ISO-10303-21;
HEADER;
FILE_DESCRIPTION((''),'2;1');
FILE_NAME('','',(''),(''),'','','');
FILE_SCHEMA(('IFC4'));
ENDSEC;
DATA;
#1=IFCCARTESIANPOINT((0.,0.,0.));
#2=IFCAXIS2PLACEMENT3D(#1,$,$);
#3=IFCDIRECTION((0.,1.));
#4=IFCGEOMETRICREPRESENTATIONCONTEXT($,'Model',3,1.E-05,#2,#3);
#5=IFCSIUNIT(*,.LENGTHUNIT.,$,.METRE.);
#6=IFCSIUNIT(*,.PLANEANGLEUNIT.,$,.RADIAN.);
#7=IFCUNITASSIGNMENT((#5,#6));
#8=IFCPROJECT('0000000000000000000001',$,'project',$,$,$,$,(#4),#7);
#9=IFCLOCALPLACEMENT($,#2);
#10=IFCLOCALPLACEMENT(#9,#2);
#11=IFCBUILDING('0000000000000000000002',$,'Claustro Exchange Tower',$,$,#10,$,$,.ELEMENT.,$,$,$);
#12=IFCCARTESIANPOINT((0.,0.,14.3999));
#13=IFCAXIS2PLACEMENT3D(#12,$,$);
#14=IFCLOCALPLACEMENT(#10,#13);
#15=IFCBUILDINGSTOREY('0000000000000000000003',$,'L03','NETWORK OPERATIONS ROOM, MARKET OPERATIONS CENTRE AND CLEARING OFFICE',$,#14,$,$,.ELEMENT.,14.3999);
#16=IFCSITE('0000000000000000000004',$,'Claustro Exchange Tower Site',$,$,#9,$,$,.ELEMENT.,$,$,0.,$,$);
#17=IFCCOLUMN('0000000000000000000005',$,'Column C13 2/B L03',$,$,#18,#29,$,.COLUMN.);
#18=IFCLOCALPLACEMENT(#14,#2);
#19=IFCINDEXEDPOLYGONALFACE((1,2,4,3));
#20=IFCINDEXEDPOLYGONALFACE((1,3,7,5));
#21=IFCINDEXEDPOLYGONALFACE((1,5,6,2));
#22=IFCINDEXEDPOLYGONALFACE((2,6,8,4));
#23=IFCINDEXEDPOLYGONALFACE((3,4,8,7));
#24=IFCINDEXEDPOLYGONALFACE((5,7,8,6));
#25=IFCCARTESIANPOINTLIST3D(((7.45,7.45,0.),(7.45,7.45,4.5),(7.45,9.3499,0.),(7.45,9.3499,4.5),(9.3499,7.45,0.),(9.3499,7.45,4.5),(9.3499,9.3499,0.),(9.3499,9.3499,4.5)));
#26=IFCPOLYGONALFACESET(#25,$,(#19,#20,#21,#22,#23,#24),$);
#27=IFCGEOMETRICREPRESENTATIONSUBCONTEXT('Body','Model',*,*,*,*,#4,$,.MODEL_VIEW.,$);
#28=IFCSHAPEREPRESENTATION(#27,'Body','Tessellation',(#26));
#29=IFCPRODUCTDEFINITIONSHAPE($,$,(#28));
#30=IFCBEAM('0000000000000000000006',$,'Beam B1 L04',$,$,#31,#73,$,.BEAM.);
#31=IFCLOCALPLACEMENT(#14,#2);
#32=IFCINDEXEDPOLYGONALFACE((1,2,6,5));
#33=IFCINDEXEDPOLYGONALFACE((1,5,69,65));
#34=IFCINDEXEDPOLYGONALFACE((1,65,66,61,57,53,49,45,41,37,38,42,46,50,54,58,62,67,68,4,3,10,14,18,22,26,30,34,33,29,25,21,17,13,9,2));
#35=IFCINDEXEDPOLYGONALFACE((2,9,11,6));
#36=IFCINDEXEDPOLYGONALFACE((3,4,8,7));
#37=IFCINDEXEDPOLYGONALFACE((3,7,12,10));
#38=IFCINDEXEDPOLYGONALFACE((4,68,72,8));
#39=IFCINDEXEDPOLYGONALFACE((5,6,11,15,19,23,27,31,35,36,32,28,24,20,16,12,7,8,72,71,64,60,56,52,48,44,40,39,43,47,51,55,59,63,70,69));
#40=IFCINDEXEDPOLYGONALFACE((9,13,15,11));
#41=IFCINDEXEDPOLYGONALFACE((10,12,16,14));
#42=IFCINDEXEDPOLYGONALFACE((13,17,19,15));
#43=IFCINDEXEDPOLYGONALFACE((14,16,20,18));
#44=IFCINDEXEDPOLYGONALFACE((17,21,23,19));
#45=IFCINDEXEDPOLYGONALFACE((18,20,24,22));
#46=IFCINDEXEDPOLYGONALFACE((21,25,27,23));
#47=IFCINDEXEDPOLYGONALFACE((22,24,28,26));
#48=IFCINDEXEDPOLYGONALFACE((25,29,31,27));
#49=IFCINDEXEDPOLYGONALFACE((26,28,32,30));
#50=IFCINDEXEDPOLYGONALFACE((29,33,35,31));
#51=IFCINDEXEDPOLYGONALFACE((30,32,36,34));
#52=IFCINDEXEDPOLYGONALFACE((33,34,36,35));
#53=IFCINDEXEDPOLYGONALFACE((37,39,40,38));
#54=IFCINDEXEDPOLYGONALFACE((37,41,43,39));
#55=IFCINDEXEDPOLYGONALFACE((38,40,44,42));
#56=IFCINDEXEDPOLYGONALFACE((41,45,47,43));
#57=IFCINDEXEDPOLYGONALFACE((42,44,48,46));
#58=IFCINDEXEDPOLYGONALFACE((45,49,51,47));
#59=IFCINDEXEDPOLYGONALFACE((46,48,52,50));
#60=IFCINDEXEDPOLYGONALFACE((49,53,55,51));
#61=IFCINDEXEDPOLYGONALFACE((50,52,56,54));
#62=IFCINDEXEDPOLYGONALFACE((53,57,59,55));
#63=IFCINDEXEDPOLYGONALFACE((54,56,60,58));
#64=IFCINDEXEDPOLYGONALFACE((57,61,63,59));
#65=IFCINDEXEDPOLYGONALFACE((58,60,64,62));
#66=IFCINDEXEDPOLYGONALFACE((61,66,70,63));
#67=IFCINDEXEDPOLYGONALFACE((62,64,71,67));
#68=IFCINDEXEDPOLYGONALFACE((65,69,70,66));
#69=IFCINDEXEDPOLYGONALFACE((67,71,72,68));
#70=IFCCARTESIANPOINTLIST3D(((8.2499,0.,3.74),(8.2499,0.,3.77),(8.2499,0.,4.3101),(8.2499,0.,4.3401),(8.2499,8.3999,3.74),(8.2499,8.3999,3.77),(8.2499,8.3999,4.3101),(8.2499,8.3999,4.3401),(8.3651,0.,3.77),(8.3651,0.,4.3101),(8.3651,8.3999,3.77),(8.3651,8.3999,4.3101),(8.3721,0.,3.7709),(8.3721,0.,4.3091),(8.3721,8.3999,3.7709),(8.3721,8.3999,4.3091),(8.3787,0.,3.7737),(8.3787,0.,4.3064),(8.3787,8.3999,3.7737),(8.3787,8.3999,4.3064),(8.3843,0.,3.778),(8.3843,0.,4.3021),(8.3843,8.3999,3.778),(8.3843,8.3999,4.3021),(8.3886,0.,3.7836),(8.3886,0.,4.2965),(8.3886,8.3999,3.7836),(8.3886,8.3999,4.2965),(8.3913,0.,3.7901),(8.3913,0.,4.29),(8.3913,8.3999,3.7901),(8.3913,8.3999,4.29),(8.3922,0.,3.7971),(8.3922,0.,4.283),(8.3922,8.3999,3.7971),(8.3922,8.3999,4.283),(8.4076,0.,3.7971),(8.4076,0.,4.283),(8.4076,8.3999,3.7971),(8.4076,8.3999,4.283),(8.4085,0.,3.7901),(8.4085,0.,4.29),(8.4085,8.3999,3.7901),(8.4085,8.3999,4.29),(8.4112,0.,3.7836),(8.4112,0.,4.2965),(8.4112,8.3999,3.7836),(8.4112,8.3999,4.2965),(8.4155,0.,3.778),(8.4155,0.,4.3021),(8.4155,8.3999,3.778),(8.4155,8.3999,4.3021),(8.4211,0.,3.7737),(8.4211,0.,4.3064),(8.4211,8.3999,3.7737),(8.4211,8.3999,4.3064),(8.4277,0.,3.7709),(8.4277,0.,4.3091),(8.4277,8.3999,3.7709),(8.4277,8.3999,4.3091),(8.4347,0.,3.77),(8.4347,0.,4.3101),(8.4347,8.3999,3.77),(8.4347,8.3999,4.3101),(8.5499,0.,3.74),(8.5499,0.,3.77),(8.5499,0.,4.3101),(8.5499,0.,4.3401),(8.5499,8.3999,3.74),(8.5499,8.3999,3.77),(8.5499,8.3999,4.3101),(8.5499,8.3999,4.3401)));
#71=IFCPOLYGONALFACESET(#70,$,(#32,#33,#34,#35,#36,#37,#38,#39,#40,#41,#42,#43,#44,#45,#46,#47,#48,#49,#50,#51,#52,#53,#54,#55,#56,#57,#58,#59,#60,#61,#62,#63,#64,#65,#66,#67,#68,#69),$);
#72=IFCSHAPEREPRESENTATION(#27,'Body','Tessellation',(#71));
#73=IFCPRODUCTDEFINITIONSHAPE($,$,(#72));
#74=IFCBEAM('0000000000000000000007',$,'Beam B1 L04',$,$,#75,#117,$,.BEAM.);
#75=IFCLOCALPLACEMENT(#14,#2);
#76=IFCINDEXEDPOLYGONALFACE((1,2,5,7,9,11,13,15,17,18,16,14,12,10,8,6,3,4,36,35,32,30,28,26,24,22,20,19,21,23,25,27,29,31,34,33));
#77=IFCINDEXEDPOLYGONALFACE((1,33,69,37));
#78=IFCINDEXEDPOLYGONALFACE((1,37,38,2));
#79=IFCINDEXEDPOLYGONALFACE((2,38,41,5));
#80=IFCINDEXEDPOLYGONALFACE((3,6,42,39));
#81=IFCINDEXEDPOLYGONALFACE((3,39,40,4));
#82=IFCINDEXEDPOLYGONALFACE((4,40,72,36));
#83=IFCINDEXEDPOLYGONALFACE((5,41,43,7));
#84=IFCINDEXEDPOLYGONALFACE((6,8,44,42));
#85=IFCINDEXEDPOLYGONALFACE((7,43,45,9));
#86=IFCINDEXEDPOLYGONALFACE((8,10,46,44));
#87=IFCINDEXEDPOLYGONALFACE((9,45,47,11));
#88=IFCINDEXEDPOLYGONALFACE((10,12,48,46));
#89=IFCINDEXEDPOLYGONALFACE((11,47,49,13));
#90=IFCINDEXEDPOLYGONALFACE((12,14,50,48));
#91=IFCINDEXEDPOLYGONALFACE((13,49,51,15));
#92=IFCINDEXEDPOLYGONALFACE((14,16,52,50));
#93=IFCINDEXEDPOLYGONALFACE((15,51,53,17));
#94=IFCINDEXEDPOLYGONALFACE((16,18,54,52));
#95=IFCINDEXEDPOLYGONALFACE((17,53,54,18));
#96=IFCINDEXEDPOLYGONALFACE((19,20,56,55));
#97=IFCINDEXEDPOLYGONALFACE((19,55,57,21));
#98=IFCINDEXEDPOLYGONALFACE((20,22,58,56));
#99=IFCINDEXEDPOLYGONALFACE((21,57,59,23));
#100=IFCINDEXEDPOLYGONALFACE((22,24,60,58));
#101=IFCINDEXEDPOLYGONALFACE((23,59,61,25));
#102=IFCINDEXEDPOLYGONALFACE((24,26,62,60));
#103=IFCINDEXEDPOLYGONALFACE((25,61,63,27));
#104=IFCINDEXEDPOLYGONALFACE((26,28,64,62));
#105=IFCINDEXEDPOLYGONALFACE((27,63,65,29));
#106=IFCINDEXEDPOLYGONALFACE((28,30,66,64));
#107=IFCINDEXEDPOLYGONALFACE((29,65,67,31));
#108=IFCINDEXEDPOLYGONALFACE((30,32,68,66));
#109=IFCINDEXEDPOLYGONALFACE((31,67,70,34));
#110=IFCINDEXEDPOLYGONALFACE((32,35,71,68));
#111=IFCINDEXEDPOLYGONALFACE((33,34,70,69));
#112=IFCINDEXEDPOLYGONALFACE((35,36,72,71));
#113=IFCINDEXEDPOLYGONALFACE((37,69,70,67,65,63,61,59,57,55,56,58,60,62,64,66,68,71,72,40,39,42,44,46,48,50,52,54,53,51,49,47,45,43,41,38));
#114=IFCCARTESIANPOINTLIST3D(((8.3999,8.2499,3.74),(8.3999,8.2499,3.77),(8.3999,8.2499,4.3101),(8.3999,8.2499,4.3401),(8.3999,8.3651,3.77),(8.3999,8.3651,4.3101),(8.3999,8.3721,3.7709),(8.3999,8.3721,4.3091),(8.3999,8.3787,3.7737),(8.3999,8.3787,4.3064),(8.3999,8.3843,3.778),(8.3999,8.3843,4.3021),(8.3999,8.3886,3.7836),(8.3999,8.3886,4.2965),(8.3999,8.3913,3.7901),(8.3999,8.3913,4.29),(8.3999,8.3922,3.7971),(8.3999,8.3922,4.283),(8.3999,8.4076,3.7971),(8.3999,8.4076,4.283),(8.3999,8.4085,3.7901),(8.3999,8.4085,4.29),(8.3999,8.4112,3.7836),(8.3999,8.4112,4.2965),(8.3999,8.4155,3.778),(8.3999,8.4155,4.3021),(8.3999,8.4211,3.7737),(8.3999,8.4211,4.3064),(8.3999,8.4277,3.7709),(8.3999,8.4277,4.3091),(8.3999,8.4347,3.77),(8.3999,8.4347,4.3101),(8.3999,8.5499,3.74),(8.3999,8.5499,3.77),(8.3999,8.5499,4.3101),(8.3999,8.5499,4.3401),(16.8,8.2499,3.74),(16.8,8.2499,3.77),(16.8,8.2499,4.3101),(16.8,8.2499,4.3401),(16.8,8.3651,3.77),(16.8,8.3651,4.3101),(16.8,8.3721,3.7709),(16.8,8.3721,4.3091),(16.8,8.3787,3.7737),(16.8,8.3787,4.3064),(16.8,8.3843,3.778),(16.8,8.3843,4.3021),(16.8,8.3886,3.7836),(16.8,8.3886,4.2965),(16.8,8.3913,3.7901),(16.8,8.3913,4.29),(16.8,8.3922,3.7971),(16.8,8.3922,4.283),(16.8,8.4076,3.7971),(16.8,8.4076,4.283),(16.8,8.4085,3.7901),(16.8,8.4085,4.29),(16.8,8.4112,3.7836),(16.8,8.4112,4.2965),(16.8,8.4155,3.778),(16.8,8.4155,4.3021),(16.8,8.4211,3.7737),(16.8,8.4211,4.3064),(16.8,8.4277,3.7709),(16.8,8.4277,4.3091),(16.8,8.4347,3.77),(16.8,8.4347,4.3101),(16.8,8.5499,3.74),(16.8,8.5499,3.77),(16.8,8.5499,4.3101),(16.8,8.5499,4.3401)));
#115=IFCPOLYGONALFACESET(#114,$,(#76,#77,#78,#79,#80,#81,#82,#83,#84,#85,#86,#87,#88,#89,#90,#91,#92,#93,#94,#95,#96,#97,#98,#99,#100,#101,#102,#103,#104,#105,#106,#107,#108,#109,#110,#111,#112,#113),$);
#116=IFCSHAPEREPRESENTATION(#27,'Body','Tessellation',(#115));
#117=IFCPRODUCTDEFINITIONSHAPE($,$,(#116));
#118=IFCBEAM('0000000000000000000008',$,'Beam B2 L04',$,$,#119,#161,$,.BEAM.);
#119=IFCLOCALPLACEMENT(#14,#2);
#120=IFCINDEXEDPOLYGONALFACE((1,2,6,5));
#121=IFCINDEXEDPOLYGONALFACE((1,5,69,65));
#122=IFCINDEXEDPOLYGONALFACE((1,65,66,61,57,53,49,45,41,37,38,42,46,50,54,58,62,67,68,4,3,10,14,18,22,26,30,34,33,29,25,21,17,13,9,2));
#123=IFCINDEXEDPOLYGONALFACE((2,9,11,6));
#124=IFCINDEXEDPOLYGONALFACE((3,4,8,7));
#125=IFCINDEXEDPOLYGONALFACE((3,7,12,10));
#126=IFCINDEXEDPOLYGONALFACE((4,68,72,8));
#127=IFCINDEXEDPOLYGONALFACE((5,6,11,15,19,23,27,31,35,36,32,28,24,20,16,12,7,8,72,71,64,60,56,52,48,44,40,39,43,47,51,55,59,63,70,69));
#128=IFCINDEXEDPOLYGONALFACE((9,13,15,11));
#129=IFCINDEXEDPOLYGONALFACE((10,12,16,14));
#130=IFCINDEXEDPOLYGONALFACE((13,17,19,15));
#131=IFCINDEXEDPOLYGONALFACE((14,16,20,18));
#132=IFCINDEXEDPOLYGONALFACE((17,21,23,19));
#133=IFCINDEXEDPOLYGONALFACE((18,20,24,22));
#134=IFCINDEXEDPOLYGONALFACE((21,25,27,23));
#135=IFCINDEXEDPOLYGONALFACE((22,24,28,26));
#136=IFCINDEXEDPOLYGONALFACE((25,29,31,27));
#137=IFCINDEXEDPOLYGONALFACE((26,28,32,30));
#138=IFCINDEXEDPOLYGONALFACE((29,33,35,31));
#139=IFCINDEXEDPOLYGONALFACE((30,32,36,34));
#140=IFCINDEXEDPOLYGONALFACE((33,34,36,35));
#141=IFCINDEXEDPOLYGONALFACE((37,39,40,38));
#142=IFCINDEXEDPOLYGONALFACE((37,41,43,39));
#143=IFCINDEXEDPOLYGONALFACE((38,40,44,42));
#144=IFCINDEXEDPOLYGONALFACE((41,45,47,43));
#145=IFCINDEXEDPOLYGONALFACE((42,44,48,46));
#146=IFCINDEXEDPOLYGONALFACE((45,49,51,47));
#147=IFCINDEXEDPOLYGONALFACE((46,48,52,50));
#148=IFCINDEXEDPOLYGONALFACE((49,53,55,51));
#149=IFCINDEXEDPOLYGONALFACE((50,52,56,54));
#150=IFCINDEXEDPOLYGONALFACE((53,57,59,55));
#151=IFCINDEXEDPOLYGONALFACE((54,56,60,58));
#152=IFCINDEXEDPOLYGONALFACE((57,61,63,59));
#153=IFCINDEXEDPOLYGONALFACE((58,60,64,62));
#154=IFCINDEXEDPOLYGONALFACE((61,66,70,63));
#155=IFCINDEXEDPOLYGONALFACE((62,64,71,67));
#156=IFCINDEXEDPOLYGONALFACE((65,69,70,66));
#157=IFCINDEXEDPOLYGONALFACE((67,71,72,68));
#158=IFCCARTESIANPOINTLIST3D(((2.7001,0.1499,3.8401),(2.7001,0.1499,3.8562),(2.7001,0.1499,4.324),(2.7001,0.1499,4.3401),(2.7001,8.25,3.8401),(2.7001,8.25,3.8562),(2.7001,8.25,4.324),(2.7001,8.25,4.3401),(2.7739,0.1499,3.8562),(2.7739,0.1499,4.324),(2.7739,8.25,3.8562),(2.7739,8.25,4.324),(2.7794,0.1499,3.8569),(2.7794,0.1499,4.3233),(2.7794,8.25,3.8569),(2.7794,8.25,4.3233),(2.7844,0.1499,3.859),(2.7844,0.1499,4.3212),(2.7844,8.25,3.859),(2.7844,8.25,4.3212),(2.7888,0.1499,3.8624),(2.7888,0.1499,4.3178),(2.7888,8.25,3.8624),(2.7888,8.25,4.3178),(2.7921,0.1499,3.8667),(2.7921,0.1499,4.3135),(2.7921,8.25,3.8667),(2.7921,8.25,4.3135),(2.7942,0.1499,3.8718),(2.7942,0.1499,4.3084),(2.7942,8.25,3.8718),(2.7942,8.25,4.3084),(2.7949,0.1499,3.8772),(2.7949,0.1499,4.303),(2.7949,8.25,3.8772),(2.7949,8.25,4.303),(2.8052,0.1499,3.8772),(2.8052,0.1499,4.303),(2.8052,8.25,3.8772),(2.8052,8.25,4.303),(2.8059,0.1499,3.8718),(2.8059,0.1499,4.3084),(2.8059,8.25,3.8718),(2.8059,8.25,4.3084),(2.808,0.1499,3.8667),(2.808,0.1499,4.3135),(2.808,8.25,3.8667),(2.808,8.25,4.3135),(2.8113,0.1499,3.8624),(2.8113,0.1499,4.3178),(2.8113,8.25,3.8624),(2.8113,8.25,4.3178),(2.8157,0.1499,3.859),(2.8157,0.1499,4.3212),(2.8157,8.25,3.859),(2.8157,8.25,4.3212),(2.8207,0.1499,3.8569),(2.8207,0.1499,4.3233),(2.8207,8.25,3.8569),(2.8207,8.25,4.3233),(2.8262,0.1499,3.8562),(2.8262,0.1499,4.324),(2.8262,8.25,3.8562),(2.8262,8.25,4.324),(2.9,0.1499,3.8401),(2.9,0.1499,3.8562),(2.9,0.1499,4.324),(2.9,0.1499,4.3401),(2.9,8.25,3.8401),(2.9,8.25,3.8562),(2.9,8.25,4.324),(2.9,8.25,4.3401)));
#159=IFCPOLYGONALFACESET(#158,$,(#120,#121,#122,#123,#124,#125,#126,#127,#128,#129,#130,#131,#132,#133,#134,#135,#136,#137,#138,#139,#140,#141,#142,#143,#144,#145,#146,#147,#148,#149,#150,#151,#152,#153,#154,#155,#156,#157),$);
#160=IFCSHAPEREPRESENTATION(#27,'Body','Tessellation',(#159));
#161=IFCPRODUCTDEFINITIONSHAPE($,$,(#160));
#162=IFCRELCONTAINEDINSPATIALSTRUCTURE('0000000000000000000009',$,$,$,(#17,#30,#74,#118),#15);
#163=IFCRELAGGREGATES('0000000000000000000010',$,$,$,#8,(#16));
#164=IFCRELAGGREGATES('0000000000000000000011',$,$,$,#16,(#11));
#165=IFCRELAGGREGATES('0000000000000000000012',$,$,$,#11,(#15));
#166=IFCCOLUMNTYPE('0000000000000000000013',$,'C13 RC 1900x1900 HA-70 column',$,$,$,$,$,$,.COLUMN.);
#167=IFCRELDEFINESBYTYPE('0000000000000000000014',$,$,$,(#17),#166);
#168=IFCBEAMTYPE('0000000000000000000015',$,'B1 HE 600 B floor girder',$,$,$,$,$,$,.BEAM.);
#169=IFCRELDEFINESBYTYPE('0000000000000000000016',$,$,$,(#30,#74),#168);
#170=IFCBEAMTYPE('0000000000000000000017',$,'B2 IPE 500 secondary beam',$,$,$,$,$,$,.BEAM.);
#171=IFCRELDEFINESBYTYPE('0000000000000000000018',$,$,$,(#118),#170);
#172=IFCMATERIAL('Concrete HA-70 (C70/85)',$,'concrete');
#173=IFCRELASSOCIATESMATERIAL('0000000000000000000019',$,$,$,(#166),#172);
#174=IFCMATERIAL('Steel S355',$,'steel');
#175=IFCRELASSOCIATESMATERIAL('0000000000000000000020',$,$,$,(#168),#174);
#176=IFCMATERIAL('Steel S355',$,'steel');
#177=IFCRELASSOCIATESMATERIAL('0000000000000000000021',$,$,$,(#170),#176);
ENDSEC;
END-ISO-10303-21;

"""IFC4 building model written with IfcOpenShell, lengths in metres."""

from ifc_helpers import new_model, si_unit, direction, frame, origin, origin_2d, place, context, subcontext, project, spatial, rectangle, i_section, extrude, material, material_profile, profile_set, type_object, element, save


model = new_model("IFC4")

# Units and contexts
model_context = context("Model", 3, precision=1e-05, world=origin(), true_north=direction((0.0, 1.0)))
body_context = subcontext(model_context, "Body", "Model", "MODEL_VIEW")
ifc_project = project(units=[si_unit("LENGTHUNIT", "METRE"), si_unit("PLANEANGLEUNIT", "RADIAN")], contexts=[model_context])

# Site, building, storey
site_placement = place(None, origin())
site = spatial("IfcSite", under=ifc_project, at=site_placement, Name="Claustro Exchange Tower Site", CompositionType="ELEMENT", RefElevation=0.0)
building_placement = place(site_placement, origin())
building = spatial("IfcBuilding", under=site, at=building_placement, Name="Claustro Exchange Tower", CompositionType="ELEMENT")
storey_placement = place(building_placement, frame((0.0, 0.0, 14.3999)))
storey = spatial("IfcBuildingStorey", under=building, at=storey_placement, Name="L03", Description="NETWORK OPERATIONS ROOM, MARKET OPERATIONS CENTRE AND CLEARING OFFICE", CompositionType="ELEMENT", Elevation=14.3999)

# Column
ifc_material_1 = material(Name="Concrete HA-70 (C70/85)", Category="concrete")
ifc_material_profile_1 = material_profile(ifc_material_1, rectangle(XDim=1.8999, YDim=1.8999, at=origin_2d()), Name="RC 1900x1900")
ifc_profile_set_1 = profile_set([ifc_material_profile_1], Name="Concrete HA-70 (C70/85)")
column_type = type_object("IfcColumnType", Name="C13 RC 1900x1900 HA-70 column", PredefinedType="COLUMN", material=ifc_profile_set_1)
column_placement = place(storey_placement, frame((8.3999, 8.3999, 0.0), z_axis=(0.0, 0.0, 1.0), x_axis=(1.0, 0.0, 0.0)))
element("IfcColumn", 1, at=column_placement, inside=storey, type_object=column_type, Name="Column C13 2/B L03", PredefinedType="COLUMN", context=body_context, shape_type="SweptSolid", body=[
    extrude(rectangle(XDim=1.8999, YDim=1.8999, at=origin_2d()), origin(), (0.0, 0.0, 1.0), 4.5),
])

# Beams
ifc_material_2 = material(Name="Steel S355", Category="steel")
ifc_material_profile_2 = material_profile(ifc_material_2, i_section(OverallWidth=0.3, OverallDepth=0.6001, WebThickness=0.0154, FlangeThickness=0.03, FilletRadius=0.0271, at=origin_2d()), Name="HE 600 B")
ifc_profile_set_2 = profile_set([ifc_material_profile_2], Name="Steel S355")
beam_type_1 = type_object("IfcBeamType", Name="B1 HE 600 B floor girder", PredefinedType="BEAM", material=ifc_profile_set_2)
beam_1_placement = place(storey_placement, frame((8.3999, 0.0, 4.04), z_axis=(0.0, 1.0, 0.0), x_axis=(-1.0, 0.0, 0.0)))
element("IfcBeam", 2, at=beam_1_placement, inside=storey, type_object=beam_type_1, Name="Beam B1 L04", PredefinedType="BEAM", context=body_context, shape_type="SweptSolid", body=[
    extrude(i_section(OverallWidth=0.3, OverallDepth=0.6001, WebThickness=0.0154, FlangeThickness=0.03, FilletRadius=0.0271, at=origin_2d()), origin(), (0.0, 0.0, 1.0), 8.3999),
])
beam_2_placement = place(storey_placement, frame((8.3999, 8.3999, 4.04), z_axis=(1.0, 0.0, 0.0), x_axis=(0.0, 1.0, 0.0)))
element("IfcBeam", 3, at=beam_2_placement, inside=storey, type_object=beam_type_1, Name="Beam B1 L04", PredefinedType="BEAM", context=body_context, shape_type="SweptSolid", body=[
    extrude(i_section(OverallWidth=0.3, OverallDepth=0.6001, WebThickness=0.0154, FlangeThickness=0.03, FilletRadius=0.0271, at=origin_2d()), origin(), (0.0, 0.0, 1.0), 8.4001),
])
ifc_material_3 = material(Name="Steel S355", Category="steel")
ifc_material_profile_3 = material_profile(ifc_material_3, i_section(OverallWidth=0.2, OverallDepth=0.5, WebThickness=0.0103, FlangeThickness=0.0161, FilletRadius=0.021, at=origin_2d()), Name="IPE 500")
ifc_profile_set_3 = profile_set([ifc_material_profile_3], Name="Steel S355")
beam_type_2 = type_object("IfcBeamType", Name="B2 IPE 500 secondary beam", PredefinedType="BEAM", material=ifc_profile_set_3)
for number, where, z_axis, x_axis, name in (
    (4, (2.8, 0.1499, 4.0901), (0.0, 1.0, 0.0), (-1.0, 0.0, 0.0), "Beam B2 L04"),
):
    element("IfcBeam", number, at=place(storey_placement, frame(where, z_axis=z_axis, x_axis=x_axis)), inside=storey, type_object=beam_type_2, Name=name, PredefinedType="BEAM", context=body_context, shape_type="SweptSolid", body=[
        extrude(i_section(OverallWidth=0.2, OverallDepth=0.5, WebThickness=0.0103, FlangeThickness=0.0161, FilletRadius=0.021, at=origin_2d()), origin(), (0.0, 0.0, 1.0), 8.1001),
    ])

save(model, "model.ifc")
